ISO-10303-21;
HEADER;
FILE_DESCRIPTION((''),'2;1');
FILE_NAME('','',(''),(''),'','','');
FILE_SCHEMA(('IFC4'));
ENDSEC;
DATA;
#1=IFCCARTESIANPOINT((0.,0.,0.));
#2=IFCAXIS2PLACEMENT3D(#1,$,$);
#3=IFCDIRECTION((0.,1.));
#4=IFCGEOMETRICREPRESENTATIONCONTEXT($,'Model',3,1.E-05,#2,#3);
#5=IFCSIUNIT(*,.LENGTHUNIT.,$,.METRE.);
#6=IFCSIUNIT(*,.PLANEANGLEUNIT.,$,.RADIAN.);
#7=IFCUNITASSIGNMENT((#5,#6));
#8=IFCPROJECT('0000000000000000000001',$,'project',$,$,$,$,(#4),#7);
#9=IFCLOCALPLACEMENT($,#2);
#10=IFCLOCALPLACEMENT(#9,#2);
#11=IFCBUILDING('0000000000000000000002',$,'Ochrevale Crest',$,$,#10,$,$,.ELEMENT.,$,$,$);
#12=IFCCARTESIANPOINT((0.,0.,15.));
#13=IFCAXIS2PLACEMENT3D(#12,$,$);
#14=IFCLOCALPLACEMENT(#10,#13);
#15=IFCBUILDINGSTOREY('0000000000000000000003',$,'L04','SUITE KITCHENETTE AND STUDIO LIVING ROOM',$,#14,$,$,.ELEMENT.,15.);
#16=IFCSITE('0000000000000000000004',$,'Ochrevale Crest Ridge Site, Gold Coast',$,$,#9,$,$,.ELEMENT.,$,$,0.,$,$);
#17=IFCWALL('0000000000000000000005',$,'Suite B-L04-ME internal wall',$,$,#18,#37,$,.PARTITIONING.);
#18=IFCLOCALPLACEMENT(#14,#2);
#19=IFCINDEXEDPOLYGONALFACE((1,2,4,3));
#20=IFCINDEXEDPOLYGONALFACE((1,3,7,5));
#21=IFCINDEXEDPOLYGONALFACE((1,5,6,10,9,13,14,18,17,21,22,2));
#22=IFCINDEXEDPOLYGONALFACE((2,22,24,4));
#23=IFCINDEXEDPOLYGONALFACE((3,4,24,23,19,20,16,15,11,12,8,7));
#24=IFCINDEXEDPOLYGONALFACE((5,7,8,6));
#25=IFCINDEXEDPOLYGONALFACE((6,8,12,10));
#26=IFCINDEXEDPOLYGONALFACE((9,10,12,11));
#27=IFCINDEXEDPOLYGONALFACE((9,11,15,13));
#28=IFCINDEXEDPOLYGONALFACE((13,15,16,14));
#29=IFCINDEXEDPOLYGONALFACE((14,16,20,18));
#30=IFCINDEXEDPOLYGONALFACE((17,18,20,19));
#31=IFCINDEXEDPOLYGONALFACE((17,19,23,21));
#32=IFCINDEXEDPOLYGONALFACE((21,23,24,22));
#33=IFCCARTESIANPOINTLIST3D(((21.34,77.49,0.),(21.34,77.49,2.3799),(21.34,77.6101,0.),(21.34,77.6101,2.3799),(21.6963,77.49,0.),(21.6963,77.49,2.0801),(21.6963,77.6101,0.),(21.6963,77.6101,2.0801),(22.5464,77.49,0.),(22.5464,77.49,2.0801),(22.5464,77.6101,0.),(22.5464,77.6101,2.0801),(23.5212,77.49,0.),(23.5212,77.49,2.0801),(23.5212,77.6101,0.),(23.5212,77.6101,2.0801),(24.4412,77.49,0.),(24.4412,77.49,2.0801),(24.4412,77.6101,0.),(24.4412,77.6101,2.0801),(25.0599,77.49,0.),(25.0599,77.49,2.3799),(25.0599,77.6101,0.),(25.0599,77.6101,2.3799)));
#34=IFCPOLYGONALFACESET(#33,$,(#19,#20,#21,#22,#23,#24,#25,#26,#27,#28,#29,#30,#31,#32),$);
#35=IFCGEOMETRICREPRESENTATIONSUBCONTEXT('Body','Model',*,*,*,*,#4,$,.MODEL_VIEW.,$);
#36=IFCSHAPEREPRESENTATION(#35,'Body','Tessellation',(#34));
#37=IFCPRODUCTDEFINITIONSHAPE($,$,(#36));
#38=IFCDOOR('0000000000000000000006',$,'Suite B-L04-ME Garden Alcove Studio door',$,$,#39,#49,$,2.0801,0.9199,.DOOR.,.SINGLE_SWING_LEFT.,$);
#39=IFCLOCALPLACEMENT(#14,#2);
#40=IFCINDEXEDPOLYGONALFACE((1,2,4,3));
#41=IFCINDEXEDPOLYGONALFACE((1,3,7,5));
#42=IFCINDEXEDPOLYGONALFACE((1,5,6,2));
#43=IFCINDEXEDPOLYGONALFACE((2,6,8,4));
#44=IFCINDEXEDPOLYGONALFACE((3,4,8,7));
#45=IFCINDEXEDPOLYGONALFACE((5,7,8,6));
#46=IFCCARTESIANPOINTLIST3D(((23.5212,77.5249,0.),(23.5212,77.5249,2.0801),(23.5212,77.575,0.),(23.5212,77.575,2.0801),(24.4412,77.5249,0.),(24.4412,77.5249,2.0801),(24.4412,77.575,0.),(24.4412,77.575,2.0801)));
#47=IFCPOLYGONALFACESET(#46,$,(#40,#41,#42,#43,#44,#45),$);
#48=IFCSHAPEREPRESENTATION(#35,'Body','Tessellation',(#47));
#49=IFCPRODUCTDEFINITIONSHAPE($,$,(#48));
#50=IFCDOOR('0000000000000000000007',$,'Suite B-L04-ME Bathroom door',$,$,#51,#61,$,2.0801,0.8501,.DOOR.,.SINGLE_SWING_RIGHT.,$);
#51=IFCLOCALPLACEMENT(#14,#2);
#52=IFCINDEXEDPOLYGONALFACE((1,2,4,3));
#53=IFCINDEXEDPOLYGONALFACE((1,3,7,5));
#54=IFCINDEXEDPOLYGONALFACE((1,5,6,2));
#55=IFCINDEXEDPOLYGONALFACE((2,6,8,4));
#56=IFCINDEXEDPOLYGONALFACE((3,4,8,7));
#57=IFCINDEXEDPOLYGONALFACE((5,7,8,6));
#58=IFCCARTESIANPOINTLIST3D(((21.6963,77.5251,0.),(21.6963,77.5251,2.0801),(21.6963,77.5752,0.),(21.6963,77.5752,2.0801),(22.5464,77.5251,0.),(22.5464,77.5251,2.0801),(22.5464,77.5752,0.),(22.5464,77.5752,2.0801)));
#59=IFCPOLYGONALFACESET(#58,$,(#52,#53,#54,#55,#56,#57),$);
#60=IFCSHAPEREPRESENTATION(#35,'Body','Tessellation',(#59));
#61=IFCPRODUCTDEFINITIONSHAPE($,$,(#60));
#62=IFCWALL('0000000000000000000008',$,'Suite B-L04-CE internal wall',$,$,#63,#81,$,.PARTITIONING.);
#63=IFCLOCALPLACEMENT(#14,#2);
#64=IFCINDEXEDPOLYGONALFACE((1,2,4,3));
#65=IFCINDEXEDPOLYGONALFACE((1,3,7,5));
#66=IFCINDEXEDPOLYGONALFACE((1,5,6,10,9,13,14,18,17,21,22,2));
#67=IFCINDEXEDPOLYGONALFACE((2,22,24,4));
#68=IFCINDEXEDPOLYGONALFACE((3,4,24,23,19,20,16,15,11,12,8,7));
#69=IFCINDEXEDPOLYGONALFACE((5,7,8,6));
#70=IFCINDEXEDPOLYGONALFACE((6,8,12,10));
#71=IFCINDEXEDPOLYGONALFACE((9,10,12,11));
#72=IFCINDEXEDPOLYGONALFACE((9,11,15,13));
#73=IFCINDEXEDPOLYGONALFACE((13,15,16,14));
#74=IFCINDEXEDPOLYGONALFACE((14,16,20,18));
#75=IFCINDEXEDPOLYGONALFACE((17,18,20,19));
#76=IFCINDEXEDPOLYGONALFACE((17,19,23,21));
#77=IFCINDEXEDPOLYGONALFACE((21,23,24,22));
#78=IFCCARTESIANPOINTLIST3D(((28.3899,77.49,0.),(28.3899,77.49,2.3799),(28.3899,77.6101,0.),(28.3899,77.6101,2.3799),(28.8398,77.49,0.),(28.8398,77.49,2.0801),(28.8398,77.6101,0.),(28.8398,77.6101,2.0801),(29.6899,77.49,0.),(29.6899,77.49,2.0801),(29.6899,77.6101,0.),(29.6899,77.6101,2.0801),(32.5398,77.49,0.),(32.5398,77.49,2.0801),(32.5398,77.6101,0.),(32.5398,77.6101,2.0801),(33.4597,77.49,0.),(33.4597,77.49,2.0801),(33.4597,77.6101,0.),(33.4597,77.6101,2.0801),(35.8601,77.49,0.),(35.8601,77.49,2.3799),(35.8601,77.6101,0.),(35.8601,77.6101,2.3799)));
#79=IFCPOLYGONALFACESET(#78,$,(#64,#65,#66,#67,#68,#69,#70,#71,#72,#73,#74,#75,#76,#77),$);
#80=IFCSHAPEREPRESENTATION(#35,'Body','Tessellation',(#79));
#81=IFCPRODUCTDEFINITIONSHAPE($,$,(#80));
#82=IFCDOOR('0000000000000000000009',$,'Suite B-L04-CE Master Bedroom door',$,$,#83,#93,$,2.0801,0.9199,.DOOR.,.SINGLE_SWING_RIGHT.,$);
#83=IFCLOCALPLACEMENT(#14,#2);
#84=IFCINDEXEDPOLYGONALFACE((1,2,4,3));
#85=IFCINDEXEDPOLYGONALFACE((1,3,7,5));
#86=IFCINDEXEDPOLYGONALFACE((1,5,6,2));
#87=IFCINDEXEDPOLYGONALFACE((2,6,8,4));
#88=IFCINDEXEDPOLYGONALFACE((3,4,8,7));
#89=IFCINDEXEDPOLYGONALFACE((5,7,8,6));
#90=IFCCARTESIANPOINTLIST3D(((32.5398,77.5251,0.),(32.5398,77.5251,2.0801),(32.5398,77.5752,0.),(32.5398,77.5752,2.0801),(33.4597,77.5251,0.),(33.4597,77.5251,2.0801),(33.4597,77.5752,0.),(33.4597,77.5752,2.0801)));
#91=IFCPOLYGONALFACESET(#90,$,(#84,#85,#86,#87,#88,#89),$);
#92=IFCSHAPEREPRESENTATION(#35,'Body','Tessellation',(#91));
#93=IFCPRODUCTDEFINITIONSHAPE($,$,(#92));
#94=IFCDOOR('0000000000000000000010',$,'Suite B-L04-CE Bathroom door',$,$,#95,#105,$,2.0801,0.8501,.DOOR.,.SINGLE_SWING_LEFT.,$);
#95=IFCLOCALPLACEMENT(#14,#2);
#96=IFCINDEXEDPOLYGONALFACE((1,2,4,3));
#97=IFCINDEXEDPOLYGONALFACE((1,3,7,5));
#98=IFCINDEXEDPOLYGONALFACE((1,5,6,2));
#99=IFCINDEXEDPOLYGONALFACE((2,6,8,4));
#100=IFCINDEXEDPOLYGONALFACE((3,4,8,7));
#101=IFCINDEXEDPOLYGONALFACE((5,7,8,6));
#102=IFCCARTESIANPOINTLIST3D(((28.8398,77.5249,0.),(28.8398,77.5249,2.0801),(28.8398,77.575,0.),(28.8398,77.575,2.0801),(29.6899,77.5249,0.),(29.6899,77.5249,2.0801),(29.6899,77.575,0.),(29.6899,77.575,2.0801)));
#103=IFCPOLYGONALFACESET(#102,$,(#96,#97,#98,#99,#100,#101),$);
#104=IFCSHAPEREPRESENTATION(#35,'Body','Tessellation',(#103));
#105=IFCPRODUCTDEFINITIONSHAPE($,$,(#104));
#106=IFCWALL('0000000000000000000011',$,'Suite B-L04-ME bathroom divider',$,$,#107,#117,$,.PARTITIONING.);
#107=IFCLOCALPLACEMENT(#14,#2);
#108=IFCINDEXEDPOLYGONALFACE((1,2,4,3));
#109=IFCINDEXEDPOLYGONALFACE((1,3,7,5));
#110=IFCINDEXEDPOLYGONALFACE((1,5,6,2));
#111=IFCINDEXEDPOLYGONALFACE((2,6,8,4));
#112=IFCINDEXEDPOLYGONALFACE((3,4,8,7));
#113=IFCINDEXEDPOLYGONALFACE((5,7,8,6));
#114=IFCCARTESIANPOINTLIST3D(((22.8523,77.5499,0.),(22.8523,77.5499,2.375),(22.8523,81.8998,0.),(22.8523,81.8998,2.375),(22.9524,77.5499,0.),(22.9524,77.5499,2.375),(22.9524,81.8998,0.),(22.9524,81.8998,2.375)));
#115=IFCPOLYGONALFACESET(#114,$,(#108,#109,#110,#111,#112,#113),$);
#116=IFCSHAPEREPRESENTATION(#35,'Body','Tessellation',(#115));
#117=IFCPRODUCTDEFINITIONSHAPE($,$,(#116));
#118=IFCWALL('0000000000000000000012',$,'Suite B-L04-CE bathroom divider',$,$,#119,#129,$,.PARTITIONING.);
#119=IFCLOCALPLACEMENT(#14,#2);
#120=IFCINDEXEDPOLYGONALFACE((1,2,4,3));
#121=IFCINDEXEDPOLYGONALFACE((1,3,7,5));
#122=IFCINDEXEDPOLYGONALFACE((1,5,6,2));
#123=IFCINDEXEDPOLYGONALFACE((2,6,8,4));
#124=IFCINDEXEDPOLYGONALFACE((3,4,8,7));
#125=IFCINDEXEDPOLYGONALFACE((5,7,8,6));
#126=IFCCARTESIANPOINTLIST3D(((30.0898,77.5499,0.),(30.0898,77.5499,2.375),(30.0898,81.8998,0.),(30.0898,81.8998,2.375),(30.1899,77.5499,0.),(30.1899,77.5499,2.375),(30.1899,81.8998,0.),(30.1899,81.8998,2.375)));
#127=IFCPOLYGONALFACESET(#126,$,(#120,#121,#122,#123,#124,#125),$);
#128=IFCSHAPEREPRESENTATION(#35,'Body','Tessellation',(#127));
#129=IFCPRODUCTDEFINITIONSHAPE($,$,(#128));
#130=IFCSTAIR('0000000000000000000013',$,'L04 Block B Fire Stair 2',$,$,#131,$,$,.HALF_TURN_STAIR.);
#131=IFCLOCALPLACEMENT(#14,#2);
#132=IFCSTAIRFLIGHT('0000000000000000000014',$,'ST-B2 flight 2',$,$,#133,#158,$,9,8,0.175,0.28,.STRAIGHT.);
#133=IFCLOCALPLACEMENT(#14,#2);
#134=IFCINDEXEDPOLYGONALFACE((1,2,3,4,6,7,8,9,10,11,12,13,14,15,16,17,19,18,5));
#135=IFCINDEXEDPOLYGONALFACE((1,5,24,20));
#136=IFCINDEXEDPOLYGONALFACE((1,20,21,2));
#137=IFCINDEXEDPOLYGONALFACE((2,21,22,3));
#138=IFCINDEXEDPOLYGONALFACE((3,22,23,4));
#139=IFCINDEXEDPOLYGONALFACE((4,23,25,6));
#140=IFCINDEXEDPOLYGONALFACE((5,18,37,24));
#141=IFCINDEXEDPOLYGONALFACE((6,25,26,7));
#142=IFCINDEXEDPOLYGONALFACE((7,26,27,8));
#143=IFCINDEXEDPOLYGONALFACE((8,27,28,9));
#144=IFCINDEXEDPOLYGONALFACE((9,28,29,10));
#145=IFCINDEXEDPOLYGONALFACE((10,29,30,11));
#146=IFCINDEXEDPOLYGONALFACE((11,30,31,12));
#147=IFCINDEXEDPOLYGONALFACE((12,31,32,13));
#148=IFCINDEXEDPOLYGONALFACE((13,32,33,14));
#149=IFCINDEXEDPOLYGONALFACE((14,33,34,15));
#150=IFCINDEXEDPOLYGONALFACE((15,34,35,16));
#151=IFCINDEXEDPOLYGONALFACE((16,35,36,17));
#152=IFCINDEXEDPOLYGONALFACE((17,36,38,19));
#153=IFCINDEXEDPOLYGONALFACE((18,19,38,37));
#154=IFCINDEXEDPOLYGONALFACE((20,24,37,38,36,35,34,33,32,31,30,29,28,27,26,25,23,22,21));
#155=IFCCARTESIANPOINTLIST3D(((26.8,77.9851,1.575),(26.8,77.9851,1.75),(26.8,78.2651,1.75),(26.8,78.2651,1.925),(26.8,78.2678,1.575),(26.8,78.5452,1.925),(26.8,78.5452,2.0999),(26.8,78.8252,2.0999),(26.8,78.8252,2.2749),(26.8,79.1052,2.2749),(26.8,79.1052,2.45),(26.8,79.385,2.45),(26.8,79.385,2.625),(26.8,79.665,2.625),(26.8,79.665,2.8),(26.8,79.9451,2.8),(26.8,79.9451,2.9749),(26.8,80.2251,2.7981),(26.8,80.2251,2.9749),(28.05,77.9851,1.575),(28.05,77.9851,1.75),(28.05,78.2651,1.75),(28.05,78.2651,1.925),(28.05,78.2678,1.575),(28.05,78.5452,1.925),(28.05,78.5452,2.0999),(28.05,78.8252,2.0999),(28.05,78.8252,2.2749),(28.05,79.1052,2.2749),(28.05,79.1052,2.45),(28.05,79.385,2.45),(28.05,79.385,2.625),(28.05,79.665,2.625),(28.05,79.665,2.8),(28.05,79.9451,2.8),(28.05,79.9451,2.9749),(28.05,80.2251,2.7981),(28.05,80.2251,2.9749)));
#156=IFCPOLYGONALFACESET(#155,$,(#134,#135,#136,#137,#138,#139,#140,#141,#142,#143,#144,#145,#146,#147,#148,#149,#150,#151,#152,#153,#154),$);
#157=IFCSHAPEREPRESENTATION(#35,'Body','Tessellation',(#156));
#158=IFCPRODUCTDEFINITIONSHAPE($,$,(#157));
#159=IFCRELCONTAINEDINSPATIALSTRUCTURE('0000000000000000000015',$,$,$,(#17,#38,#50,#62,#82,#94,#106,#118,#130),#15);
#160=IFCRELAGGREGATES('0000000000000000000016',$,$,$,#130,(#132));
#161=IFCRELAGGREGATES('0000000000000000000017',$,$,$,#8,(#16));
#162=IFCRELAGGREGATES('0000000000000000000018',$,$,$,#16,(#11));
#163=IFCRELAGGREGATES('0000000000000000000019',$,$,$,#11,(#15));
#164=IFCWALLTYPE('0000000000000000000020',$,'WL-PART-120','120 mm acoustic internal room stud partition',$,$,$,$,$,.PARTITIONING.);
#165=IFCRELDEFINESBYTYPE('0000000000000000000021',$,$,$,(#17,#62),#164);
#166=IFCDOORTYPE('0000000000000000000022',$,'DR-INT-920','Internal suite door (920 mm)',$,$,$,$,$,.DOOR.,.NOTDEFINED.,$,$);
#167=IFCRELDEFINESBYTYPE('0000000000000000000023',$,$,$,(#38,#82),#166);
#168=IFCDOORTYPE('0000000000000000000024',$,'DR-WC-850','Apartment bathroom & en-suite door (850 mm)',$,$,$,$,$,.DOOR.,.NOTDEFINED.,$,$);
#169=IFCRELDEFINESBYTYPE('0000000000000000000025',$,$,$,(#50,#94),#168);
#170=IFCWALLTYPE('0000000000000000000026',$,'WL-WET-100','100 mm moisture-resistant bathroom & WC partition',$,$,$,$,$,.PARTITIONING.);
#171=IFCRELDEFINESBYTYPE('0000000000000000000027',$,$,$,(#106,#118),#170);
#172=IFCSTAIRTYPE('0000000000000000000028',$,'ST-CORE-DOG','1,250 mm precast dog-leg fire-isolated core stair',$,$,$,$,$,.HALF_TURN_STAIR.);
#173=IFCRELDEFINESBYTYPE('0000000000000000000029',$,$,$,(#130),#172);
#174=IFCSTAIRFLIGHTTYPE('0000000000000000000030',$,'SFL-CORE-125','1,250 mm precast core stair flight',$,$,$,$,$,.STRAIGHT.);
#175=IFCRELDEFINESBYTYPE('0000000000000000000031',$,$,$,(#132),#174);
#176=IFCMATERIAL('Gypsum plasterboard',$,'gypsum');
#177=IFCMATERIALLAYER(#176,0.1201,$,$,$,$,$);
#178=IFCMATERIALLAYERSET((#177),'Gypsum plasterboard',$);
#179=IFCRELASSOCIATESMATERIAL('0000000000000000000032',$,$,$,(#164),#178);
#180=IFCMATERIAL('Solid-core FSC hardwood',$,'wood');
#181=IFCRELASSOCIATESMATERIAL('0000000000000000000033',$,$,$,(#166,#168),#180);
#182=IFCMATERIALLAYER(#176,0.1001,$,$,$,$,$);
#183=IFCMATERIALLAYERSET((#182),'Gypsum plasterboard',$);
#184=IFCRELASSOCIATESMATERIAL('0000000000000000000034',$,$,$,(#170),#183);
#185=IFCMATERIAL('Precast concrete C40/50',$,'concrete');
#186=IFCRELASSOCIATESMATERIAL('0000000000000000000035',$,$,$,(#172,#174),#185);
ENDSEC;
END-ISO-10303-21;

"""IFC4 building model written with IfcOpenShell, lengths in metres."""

from ifc_helpers import new_model, si_unit, direction, frame, frame_2d, origin, place, context, subcontext, project, spatial, polyline, rectangle, outline, extrude, material, layer, layer_set, type_object, element, fill, aggregate, save


model = new_model("IFC4")

# Units and contexts
model_context = context("Model", 3, precision=1e-05, world=origin(), true_north=direction((0.0, 1.0)))
body_context = subcontext(model_context, "Body", "Model", "MODEL_VIEW")
ifc_project = project(units=[si_unit("LENGTHUNIT", "METRE"), si_unit("PLANEANGLEUNIT", "RADIAN")], contexts=[model_context])

# Site, building, storey
site_placement = place(None, origin())
site = spatial("IfcSite", under=ifc_project, at=site_placement, Name="Ochrevale Crest Ridge Site, Gold Coast", CompositionType="ELEMENT", RefElevation=0.0)
building_placement = place(site_placement, origin())
building = spatial("IfcBuilding", under=site, at=building_placement, Name="Ochrevale Crest", CompositionType="ELEMENT")
storey_placement = place(building_placement, frame((0.0, 0.0, 15.0)))
storey = spatial("IfcBuildingStorey", under=building, at=storey_placement, Name="L04", Description="SUITE KITCHENETTE AND STUDIO LIVING ROOM", CompositionType="ELEMENT", Elevation=15.0)

# Walls, openings, doors
ifc_material_1 = material(Name="Gypsum plasterboard", Category="gypsum")
ifc_layer_1 = layer(ifc_material_1, 0.1201)
ifc_layer_set_1 = layer_set([ifc_layer_1], Name="Gypsum plasterboard")
wall_type_1 = type_object("IfcWallType", Name="WL-PART-120", Description="120 mm acoustic internal room stud partition", PredefinedType="PARTITIONING", material=ifc_layer_set_1)
wall_1_placement = place(storey_placement, frame((21.3401, 77.55, 0.0), z_axis=(0.0, 0.0, 1.0), x_axis=(1.0, 0.0, 0.0)))
wall_1 = element("IfcWall", 1, at=wall_1_placement, inside=storey, type_object=wall_type_1, Name="Suite B-L04-ME internal wall", PredefinedType="PARTITIONING", context=body_context, shape_type="SweptSolid", body=[
    extrude(rectangle(XDim=3.72, YDim=0.1201, at=frame_2d((1.8599, 0.0))), origin(), (0.0, 0.0, 1.0), 2.3799),
])
opening_1_placement = place(wall_1_placement, frame((1.2063, 0.0, 0.0), z_axis=(0.0, 0.0, 1.0), x_axis=(-1.0, 0.0, 0.0)))
opening_1 = element("IfcOpeningElement", 2, at=opening_1_placement, cuts=wall_1, PredefinedType="OPENING", context=body_context, shape_type="SweptSolid", body=[
    extrude(rectangle(XDim=0.8501, YDim=2.0801, at=frame_2d((0.425, 1.04))), frame((0.0, 0.0701, 0.0), z_axis=(0.0, -1.0, 0.0), x_axis=(1.0, 0.0, 0.0)), (0.0, 0.0, 1.0), 0.1401),
])
opening_2_placement = place(wall_1_placement, frame((2.1812, 0.0, 0.0)))
opening_2 = element("IfcOpeningElement", 3, at=opening_2_placement, cuts=wall_1, PredefinedType="OPENING", context=body_context, shape_type="SweptSolid", body=[
    extrude(rectangle(XDim=0.9199, YDim=2.0801, at=frame_2d((0.46, 1.04))), frame((0.0, 0.0701, 0.0), z_axis=(0.0, -1.0, 0.0), x_axis=(1.0, 0.0, 0.0)), (0.0, 0.0, 1.0), 0.1401),
])
ifc_material_2 = material(Name="Solid-core FSC hardwood", Category="wood")
door_type_1 = type_object("IfcDoorType", Name="DR-INT-920", Description="Internal suite door (920 mm)", OperationType="NOTDEFINED", PredefinedType="DOOR", material=ifc_material_2)
door_1_placement = place(opening_2_placement, origin())
door_1 = element("IfcDoor", 4, at=door_1_placement, inside=storey, type_object=door_type_1, Name="Suite B-L04-ME Garden Alcove Studio door", OperationType="SINGLE_SWING_LEFT", OverallHeight=2.0801, OverallWidth=0.9199, PredefinedType="DOOR", context=body_context, shape_type="SweptSolid", body=[
    extrude(rectangle(XDim=0.9199, YDim=2.0801, at=frame_2d((0.46, 1.04))), frame((0.0, 0.0249, 0.0), z_axis=(0.0, -1.0, 0.0), x_axis=(1.0, 0.0, 0.0)), (0.0, 0.0, 1.0), 0.05),
])
fill(opening_2, door_1)
door_type_2 = type_object("IfcDoorType", Name="DR-WC-850", Description="Apartment bathroom & en-suite door (850 mm)", OperationType="NOTDEFINED", PredefinedType="DOOR", material=ifc_material_2)
door_2_placement = place(opening_1_placement, origin())
door_2 = element("IfcDoor", 5, at=door_2_placement, inside=storey, type_object=door_type_2, Name="Suite B-L04-ME Bathroom door", OperationType="SINGLE_SWING_RIGHT", OverallHeight=2.0801, OverallWidth=0.8501, PredefinedType="DOOR", context=body_context, shape_type="SweptSolid", body=[
    extrude(rectangle(XDim=0.8501, YDim=2.0801, at=frame_2d((0.425, 1.04))), frame((0.0, 0.0249, 0.0), z_axis=(0.0, -1.0, 0.0), x_axis=(1.0, 0.0, 0.0)), (0.0, 0.0, 1.0), 0.05),
])
fill(opening_1, door_2)
wall_2_placement = place(storey_placement, frame((28.3899, 77.55, 0.0), z_axis=(0.0, 0.0, 1.0), x_axis=(1.0, 0.0, 0.0)))
wall_2 = element("IfcWall", 6, at=wall_2_placement, inside=storey, type_object=wall_type_1, Name="Suite B-L04-CE internal wall", PredefinedType="PARTITIONING", context=body_context, shape_type="SweptSolid", body=[
    extrude(rectangle(XDim=7.4702, YDim=0.1201, at=frame_2d((3.7351, 0.0))), origin(), (0.0, 0.0, 1.0), 2.3799),
])
opening_3_placement = place(wall_2_placement, frame((0.45, 0.0, 0.0)))
opening_3 = element("IfcOpeningElement", 7, at=opening_3_placement, cuts=wall_2, PredefinedType="OPENING", context=body_context, shape_type="SweptSolid", body=[
    extrude(rectangle(XDim=0.8501, YDim=2.0801, at=frame_2d((0.425, 1.04))), frame((0.0, 0.0701, 0.0), z_axis=(0.0, -1.0, 0.0), x_axis=(1.0, 0.0, 0.0)), (0.0, 0.0, 1.0), 0.1401),
])
opening_4_placement = place(wall_2_placement, frame((5.0698, 0.0, 0.0), z_axis=(0.0, 0.0, 1.0), x_axis=(-1.0, 0.0, 0.0)))
opening_4 = element("IfcOpeningElement", 8, at=opening_4_placement, cuts=wall_2, PredefinedType="OPENING", context=body_context, shape_type="SweptSolid", body=[
    extrude(rectangle(XDim=0.9199, YDim=2.0801, at=frame_2d((0.46, 1.04))), frame((0.0, 0.0701, 0.0), z_axis=(0.0, -1.0, 0.0), x_axis=(1.0, 0.0, 0.0)), (0.0, 0.0, 1.0), 0.1401),
])
door_3_placement = place(opening_4_placement, origin())
door_3 = element("IfcDoor", 9, at=door_3_placement, inside=storey, type_object=door_type_1, Name="Suite B-L04-CE Master Bedroom door", OperationType="SINGLE_SWING_RIGHT", OverallHeight=2.0801, OverallWidth=0.9199, PredefinedType="DOOR", context=body_context, shape_type="SweptSolid", body=[
    extrude(rectangle(XDim=0.9199, YDim=2.0801, at=frame_2d((0.46, 1.04))), frame((0.0, 0.0249, 0.0), z_axis=(0.0, -1.0, 0.0), x_axis=(1.0, 0.0, 0.0)), (0.0, 0.0, 1.0), 0.05),
])
fill(opening_4, door_3)
door_4_placement = place(opening_3_placement, origin())
door_4 = element("IfcDoor", 10, at=door_4_placement, inside=storey, type_object=door_type_2, Name="Suite B-L04-CE Bathroom door", OperationType="SINGLE_SWING_LEFT", OverallHeight=2.0801, OverallWidth=0.8501, PredefinedType="DOOR", context=body_context, shape_type="SweptSolid", body=[
    extrude(rectangle(XDim=0.8501, YDim=2.0801, at=frame_2d((0.425, 1.04))), frame((0.0, 0.0249, 0.0), z_axis=(0.0, -1.0, 0.0), x_axis=(1.0, 0.0, 0.0)), (0.0, 0.0, 1.0), 0.05),
])
fill(opening_3, door_4)

# Walls
ifc_layer_2 = layer(ifc_material_1, 0.1001)
ifc_layer_set_2 = layer_set([ifc_layer_2], Name="Gypsum plasterboard")
wall_type_2 = type_object("IfcWallType", Name="WL-WET-100", Description="100 mm moisture-resistant bathroom & WC partition", PredefinedType="PARTITIONING", material=ifc_layer_set_2)
for number, where, z_axis, x_axis, name in (
    (11, (22.9023, 77.55, 0.0), (0.0, 0.0, 1.0), (0.0, 1.0, 0.0), "Suite B-L04-ME bathroom divider"),
    (12, (30.1399, 77.55, 0.0), (0.0, 0.0, 1.0), (0.0, 1.0, 0.0), "Suite B-L04-CE bathroom divider"),
):
    element("IfcWall", number, at=place(storey_placement, frame(where, z_axis=z_axis, x_axis=x_axis)), inside=storey, type_object=wall_type_2, Name=name, PredefinedType="PARTITIONING", context=body_context, shape_type="SweptSolid", body=[
        extrude(rectangle(XDim=4.3499, YDim=0.1001, at=frame_2d((2.1748, 0.0))), origin(), (0.0, 0.0, 1.0), 2.375),
    ])

# Stair, stair flight
ifc_material_3 = material(Name="Precast concrete C40/50", Category="concrete")
stair_type = type_object("IfcStairType", Name="ST-CORE-DOG", Description="1,250 mm precast dog-leg fire-isolated core stair", PredefinedType="HALF_TURN_STAIR", material=ifc_material_3)
stair_placement = place(storey_placement, origin())
stair = element("IfcStair", 13, at=stair_placement, inside=storey, type_object=stair_type, Name="L04 Block B Fire Stair 2", PredefinedType="HALF_TURN_STAIR")
stair_flight_type = type_object("IfcStairFlightType", Name="SFL-CORE-125", Description="1,250 mm precast core stair flight", PredefinedType="STRAIGHT", material=ifc_material_3)
stair_flight_placement = place(storey_placement, frame((27.425, 77.9851, 1.575), z_axis=(0.0, 0.0, 1.0), x_axis=(0.0, 1.0, 0.0)))
stair_flight = element("IfcStairFlight", 14, at=stair_flight_placement, type_object=stair_flight_type, Name="ST-B2 flight 2", NumberOfRisers=9, NumberOfTreads=8, PredefinedType="STRAIGHT", RiserHeight=0.175, TreadLength=0.28, context=body_context, shape_type="SweptSolid", body=[
    extrude(outline(polyline([(0.0, 0.0), (0.0, 0.175), (0.28, 0.175), (0.28, 0.3501), (0.5601, 0.3501), (0.5601, 0.5249), (0.8401, 0.5249), (0.8401, 0.7), (1.1201, 0.7), (1.1201, 0.875), (1.3999, 0.875), (1.3999, 1.05), (1.6799, 1.05), (1.6799, 1.2251), (1.96, 1.2251), (1.96, 1.3999), (2.24, 1.3999), (2.24, 1.575), (2.24, 1.2231), (0.2827, 0.0), (0.0, 0.0)])), frame((0.0, 0.625, 0.0), z_axis=(0.0, -1.0, 0.0), x_axis=(1.0, 0.0, 0.0)), (0.0, 0.0, 1.0), 1.25),
])
aggregate(stair, [stair_flight])

save(model, "model.ifc")
